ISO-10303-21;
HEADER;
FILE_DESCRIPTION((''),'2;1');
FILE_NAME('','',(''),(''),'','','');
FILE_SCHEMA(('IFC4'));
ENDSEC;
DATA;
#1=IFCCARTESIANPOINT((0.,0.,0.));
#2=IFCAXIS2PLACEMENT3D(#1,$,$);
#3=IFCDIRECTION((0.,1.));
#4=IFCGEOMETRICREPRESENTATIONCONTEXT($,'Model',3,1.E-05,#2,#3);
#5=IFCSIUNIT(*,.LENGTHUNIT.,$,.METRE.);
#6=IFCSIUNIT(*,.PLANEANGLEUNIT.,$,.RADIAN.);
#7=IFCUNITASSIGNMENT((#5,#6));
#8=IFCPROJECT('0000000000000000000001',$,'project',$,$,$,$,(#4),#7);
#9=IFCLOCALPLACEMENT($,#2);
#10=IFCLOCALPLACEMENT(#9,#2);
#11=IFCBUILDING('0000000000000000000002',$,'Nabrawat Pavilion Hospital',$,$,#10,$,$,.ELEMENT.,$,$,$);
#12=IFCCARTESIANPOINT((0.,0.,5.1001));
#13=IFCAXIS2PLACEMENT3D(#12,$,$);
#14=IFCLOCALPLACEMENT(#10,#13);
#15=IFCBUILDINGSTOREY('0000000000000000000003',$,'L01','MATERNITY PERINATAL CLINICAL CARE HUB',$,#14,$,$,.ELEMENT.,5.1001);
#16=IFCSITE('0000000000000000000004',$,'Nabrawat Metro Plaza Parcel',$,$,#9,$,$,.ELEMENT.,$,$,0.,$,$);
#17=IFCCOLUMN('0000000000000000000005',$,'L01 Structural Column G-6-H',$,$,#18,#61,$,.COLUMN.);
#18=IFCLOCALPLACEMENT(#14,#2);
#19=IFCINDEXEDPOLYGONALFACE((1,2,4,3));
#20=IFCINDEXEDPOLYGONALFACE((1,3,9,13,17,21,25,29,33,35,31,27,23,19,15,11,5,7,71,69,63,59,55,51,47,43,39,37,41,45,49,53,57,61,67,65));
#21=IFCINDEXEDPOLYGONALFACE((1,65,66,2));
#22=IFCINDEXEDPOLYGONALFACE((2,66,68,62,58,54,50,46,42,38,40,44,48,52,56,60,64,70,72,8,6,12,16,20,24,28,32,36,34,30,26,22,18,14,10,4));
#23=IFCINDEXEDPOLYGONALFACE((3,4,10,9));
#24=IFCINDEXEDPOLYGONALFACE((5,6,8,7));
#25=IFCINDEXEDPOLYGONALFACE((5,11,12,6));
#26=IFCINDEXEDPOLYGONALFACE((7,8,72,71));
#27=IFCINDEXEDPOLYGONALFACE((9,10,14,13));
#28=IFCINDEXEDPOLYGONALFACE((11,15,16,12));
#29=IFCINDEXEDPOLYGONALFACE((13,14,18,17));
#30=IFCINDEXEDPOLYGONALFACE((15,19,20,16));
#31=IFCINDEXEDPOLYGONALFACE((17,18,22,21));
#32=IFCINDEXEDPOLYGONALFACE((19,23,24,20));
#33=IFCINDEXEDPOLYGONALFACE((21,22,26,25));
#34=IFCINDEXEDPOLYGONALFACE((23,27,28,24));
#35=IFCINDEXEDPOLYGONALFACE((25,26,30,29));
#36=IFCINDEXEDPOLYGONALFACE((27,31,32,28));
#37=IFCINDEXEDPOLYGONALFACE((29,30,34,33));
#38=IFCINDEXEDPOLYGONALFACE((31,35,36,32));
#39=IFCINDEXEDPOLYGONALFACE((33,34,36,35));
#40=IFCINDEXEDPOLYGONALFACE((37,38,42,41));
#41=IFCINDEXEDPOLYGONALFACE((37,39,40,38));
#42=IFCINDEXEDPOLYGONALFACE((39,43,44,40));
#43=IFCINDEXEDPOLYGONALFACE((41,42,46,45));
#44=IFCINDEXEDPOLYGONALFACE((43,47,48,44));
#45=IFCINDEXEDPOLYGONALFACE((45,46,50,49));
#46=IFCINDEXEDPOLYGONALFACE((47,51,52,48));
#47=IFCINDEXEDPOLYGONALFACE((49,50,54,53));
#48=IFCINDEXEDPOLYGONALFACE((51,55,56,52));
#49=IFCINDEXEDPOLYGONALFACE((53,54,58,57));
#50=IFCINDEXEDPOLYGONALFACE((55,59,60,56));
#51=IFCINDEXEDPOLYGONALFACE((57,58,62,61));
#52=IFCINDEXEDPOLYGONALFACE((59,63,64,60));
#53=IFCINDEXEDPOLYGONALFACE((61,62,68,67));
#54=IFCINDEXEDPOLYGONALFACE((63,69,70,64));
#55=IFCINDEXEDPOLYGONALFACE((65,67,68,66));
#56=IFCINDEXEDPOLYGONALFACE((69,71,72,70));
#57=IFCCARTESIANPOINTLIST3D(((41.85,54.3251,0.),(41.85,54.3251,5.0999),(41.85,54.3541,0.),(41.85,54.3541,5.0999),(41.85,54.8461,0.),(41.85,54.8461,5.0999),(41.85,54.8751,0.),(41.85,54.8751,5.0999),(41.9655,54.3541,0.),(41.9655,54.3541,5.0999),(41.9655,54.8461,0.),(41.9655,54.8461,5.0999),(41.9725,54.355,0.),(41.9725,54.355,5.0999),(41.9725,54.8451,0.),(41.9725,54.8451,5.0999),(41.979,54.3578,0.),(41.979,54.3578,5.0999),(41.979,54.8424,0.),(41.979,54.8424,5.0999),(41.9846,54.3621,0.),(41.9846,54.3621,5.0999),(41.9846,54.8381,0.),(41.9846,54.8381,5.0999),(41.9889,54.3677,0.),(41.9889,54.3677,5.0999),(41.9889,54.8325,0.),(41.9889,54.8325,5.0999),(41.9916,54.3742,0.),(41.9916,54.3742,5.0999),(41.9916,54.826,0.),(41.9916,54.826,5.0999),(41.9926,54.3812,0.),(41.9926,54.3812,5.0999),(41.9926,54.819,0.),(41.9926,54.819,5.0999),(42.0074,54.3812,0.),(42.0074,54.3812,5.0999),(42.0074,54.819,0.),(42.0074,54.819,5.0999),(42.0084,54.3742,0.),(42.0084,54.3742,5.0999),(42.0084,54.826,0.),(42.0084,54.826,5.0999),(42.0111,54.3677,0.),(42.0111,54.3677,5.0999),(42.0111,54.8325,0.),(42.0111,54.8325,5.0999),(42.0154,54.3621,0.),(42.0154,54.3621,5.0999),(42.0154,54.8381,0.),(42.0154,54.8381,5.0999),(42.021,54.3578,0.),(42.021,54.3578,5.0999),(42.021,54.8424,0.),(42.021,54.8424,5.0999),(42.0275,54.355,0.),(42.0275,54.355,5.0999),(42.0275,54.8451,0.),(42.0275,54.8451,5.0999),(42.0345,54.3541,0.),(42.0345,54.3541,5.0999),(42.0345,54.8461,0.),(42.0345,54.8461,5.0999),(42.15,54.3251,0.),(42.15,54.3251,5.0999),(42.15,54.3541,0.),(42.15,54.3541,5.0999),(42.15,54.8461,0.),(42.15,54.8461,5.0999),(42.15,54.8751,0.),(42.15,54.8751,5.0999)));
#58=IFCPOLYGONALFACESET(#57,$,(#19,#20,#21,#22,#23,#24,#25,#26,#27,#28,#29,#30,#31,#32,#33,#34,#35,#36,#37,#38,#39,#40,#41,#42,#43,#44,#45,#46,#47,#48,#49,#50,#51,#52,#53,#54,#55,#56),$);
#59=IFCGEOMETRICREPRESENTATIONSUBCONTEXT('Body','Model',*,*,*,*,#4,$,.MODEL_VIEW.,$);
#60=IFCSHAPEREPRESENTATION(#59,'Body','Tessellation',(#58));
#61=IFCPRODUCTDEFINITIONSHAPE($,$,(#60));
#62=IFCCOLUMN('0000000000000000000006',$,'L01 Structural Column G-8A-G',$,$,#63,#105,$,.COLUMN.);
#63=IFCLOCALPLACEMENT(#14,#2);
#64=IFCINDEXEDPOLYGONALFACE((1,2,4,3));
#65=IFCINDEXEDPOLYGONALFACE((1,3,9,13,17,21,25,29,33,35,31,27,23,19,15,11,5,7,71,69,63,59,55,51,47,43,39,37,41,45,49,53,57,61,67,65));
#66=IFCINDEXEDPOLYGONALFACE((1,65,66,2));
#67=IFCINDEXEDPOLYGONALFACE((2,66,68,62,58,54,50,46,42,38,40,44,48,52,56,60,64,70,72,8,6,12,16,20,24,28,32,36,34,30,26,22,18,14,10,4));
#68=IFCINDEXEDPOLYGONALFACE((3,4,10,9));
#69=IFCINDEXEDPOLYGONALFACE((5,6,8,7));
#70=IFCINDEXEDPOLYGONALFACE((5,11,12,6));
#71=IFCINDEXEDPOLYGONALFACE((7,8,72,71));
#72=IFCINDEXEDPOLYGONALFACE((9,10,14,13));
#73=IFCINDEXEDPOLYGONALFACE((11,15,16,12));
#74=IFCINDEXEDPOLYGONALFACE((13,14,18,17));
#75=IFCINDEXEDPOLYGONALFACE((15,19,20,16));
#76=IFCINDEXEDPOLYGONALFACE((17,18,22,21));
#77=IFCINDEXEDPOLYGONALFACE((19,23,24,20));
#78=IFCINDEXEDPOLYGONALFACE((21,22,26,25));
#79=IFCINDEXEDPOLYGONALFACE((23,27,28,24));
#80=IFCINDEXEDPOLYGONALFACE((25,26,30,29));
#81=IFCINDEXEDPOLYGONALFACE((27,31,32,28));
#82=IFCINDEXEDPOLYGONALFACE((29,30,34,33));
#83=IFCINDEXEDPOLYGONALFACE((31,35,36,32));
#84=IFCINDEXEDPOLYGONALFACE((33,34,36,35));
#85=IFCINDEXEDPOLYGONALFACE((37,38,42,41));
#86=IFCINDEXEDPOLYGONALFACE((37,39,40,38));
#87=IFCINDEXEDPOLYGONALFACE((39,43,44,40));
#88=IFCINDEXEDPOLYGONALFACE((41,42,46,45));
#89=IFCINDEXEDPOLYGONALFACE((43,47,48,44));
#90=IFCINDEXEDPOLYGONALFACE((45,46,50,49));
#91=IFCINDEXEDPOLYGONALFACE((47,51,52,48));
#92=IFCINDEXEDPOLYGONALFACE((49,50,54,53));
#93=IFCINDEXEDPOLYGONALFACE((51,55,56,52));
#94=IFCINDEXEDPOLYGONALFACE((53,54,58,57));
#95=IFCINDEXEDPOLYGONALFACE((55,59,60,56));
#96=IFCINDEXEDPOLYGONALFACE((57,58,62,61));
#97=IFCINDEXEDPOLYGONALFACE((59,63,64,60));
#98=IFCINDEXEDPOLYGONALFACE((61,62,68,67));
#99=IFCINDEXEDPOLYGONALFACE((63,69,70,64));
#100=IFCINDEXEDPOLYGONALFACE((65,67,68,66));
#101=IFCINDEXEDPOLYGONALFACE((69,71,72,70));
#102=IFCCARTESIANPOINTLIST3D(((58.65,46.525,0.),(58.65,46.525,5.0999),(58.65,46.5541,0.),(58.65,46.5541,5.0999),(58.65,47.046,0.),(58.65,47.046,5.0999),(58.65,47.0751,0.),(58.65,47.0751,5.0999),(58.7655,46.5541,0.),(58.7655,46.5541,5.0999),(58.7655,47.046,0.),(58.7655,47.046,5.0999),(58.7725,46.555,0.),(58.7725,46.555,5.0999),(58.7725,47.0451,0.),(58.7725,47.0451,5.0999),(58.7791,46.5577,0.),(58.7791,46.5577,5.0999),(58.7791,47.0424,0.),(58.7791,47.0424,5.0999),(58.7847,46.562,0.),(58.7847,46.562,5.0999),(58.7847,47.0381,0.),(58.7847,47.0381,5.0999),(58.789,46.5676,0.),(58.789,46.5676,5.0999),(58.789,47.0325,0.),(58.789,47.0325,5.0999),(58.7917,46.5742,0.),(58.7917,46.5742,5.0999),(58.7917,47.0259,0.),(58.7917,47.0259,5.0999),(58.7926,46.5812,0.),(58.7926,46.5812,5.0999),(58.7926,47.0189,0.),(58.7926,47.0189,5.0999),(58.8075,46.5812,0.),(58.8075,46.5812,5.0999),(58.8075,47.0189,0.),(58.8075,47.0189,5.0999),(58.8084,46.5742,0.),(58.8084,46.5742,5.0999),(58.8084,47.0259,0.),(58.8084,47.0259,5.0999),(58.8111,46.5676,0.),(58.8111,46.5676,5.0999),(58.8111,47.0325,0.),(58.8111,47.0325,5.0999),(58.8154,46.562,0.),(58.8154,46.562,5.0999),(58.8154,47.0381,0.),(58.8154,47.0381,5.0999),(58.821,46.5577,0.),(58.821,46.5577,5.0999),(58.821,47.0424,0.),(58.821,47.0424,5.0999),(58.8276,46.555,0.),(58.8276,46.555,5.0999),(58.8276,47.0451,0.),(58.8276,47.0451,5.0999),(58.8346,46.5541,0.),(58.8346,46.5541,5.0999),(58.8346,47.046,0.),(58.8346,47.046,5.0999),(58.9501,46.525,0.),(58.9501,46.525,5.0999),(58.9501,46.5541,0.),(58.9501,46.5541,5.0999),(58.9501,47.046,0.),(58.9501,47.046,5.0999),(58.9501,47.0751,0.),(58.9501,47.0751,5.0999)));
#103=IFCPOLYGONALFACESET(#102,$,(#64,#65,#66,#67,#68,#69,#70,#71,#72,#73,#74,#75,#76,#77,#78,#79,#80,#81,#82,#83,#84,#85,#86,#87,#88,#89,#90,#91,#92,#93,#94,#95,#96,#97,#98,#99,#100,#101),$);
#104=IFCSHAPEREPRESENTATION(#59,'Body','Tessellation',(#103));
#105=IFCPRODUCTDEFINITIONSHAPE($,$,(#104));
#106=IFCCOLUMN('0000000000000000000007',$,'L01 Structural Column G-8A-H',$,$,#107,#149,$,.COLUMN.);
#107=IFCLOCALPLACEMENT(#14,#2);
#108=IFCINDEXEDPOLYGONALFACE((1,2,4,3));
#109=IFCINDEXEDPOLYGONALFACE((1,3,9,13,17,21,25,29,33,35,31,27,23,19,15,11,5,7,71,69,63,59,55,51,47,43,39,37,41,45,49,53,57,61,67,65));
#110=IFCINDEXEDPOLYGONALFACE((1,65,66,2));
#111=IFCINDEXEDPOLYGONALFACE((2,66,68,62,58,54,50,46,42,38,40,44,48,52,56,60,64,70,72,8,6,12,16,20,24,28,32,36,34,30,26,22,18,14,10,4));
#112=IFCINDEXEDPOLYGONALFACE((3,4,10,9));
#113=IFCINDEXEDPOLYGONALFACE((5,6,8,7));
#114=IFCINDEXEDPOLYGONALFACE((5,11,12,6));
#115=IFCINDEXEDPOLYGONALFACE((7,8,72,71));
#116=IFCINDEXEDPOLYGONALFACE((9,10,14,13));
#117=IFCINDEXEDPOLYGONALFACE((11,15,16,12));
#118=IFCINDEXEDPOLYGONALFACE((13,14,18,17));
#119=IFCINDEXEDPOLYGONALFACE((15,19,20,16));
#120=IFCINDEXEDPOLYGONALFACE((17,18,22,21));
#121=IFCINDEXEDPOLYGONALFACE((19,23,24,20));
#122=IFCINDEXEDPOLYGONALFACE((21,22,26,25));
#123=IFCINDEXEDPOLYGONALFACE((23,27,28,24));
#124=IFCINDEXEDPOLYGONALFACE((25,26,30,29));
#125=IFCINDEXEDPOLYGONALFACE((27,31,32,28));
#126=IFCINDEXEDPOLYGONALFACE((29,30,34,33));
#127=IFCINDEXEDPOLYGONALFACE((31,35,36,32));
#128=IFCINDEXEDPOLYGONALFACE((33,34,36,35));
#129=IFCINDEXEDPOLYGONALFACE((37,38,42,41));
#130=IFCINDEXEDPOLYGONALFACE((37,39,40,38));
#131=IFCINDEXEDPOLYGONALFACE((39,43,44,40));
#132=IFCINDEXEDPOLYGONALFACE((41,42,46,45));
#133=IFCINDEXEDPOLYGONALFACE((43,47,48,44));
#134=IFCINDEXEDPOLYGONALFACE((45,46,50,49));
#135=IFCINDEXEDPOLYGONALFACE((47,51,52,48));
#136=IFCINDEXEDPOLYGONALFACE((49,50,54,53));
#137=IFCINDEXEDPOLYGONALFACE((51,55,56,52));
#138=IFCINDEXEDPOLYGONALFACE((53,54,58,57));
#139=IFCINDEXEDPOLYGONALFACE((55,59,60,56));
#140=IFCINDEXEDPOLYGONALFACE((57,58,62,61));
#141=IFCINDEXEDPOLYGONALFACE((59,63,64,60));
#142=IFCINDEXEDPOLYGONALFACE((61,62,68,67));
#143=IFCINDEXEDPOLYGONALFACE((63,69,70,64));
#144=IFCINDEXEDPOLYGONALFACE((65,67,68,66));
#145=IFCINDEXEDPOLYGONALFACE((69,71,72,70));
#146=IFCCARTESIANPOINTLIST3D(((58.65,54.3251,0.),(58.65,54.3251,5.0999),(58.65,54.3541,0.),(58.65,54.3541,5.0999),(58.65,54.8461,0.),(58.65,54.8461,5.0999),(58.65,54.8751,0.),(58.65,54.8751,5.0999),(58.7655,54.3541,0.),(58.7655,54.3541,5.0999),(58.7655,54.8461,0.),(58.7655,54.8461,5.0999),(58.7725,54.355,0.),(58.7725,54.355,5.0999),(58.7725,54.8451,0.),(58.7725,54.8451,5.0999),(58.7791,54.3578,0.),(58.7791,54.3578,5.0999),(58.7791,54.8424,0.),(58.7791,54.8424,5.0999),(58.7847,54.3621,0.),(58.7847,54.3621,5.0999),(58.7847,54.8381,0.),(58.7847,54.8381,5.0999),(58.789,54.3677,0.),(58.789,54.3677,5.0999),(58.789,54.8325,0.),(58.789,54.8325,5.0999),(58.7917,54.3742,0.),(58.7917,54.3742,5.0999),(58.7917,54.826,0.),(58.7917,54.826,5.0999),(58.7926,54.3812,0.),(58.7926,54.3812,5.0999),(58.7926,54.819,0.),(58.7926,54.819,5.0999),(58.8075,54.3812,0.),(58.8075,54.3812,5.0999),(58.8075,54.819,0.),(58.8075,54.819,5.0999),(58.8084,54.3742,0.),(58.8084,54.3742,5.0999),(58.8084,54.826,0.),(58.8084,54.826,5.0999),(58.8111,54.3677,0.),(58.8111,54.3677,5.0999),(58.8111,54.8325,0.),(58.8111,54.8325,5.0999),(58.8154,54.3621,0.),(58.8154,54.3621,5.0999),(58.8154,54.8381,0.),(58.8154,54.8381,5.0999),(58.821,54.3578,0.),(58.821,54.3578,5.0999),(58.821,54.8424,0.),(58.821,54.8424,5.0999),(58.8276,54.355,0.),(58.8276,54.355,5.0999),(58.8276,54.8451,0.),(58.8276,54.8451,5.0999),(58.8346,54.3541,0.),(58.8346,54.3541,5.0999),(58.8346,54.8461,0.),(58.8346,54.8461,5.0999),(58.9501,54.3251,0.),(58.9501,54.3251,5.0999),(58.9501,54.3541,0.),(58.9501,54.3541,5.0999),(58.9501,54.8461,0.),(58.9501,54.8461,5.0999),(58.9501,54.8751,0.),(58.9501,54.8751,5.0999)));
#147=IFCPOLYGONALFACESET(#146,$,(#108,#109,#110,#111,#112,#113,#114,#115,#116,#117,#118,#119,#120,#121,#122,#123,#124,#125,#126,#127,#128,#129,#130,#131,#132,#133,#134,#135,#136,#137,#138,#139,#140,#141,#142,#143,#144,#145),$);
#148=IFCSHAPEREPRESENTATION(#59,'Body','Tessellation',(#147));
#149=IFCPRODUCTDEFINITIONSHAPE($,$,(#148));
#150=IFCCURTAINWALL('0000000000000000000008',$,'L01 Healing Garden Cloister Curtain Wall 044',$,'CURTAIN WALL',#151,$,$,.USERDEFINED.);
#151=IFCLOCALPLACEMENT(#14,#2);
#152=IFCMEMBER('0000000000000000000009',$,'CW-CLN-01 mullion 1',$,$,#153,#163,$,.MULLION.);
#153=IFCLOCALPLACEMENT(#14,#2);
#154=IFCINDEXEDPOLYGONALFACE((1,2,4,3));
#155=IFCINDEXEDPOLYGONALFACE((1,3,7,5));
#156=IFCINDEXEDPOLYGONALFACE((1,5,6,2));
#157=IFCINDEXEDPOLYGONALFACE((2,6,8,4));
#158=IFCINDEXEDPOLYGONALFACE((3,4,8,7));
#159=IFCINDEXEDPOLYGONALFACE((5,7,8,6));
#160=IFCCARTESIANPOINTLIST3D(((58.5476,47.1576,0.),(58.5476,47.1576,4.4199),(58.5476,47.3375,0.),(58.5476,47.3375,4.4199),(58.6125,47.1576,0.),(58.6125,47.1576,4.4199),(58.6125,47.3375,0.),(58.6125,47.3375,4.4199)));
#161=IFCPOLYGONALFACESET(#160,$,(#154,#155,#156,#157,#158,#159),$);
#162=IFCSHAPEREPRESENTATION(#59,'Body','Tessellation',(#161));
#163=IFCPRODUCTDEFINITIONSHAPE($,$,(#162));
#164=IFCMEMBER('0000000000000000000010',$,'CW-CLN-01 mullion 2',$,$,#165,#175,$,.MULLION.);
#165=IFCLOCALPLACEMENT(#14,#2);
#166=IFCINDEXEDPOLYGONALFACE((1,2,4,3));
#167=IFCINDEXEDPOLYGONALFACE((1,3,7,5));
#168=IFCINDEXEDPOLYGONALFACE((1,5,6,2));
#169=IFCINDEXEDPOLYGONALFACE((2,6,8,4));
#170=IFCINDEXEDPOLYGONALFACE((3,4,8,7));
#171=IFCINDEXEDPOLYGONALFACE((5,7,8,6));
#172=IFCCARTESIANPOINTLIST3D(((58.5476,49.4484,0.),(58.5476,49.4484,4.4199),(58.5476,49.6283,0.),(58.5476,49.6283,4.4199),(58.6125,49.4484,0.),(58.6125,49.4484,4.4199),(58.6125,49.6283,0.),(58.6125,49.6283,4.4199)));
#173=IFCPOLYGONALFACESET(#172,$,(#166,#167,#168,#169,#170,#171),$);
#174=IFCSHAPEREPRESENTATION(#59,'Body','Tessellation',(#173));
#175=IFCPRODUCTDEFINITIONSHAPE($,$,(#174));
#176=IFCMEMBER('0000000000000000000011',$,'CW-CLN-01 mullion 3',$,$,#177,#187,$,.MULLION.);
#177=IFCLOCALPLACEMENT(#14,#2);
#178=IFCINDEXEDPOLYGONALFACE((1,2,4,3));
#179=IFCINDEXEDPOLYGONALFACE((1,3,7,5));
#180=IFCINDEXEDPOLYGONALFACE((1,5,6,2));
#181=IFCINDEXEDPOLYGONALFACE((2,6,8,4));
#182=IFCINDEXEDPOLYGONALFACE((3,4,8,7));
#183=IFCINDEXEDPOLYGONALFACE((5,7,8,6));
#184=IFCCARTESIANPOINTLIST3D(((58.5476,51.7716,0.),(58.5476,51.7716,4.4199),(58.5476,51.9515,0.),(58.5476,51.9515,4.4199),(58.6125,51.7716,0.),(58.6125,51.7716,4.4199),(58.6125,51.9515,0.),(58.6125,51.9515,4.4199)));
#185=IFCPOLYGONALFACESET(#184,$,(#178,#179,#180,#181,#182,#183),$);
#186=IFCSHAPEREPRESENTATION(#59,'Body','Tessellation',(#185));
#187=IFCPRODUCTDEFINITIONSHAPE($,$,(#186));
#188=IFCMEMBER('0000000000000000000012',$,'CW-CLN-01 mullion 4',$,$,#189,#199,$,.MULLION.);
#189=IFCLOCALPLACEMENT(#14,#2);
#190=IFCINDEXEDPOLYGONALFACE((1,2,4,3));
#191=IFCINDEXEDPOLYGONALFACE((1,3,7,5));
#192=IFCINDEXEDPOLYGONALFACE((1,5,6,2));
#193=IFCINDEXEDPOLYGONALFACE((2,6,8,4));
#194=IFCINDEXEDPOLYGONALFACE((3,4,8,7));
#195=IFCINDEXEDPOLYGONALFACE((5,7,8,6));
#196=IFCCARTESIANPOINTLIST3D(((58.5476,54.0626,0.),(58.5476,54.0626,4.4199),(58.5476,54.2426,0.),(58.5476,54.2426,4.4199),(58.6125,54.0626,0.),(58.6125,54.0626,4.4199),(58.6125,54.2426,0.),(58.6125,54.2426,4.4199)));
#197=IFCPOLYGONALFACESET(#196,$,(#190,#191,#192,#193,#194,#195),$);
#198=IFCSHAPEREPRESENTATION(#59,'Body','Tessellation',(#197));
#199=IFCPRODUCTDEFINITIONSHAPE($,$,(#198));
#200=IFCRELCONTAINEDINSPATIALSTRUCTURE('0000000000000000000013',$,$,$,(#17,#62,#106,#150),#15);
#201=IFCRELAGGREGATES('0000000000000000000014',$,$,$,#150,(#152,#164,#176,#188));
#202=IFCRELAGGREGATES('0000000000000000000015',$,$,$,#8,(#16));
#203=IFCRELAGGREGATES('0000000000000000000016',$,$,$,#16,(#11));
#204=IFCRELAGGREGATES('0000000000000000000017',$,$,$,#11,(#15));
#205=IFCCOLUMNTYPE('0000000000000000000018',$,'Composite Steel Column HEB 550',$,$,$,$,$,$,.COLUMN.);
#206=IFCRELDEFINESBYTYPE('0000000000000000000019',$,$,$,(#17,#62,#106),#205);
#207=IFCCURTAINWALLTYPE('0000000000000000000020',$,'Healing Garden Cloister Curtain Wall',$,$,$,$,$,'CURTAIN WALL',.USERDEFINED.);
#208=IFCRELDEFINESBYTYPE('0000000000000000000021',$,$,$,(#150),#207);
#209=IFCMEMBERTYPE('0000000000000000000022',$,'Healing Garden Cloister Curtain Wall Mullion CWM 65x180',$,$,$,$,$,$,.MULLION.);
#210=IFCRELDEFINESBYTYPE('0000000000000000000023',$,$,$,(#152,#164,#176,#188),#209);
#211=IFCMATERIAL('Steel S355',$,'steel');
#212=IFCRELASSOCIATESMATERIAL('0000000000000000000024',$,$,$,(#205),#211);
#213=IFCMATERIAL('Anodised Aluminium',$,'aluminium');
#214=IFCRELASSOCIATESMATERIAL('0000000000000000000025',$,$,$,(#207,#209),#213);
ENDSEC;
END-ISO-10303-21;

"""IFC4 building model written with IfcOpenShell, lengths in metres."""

from ifc_helpers import new_model, si_unit, direction, frame, origin, origin_2d, place, context, subcontext, project, spatial, rectangle, i_section, extrude, material, material_profile, profile_set, type_object, element, aggregate, save


model = new_model("IFC4")

# Units and contexts
model_context = context("Model", 3, precision=1e-05, world=origin(), true_north=direction((0.0, 1.0)))
body_context = subcontext(model_context, "Body", "Model", "MODEL_VIEW")
ifc_project = project(units=[si_unit("LENGTHUNIT", "METRE"), si_unit("PLANEANGLEUNIT", "RADIAN")], contexts=[model_context])

# Site, building, storey
site_placement = place(None, origin())
site = spatial("IfcSite", under=ifc_project, at=site_placement, Name="Nabrawat Metro Plaza Parcel", CompositionType="ELEMENT", RefElevation=0.0)
building_placement = place(site_placement, origin())
building = spatial("IfcBuilding", under=site, at=building_placement, Name="Nabrawat Pavilion Hospital", CompositionType="ELEMENT")
storey_placement = place(building_placement, frame((0.0, 0.0, 5.1001)))
storey = spatial("IfcBuildingStorey", under=building, at=storey_placement, Name="L01", Description="MATERNITY PERINATAL CLINICAL CARE HUB", CompositionType="ELEMENT", Elevation=5.1001)

# Columns
ifc_material_1 = material(Name="Steel S355", Category="steel")
ifc_material_profile_1 = material_profile(ifc_material_1, i_section(OverallWidth=0.3, OverallDepth=0.55, WebThickness=0.0149, FlangeThickness=0.0291, FilletRadius=0.0271, at=origin_2d()), Name="HEB 550")
ifc_profile_set_1 = profile_set([ifc_material_profile_1], Name="Steel S355")
column_type = type_object("IfcColumnType", Name="Composite Steel Column HEB 550", PredefinedType="COLUMN", material=ifc_profile_set_1)
for number, where, z_axis, x_axis, name in (
    (1, (42.0, 54.6001, 0.0), (0.0, 0.0, 1.0), (1.0, 0.0, 0.0), "L01 Structural Column G-6-H"),
    (2, (58.8, 46.8, 0.0), (0.0, 0.0, 1.0), (1.0, 0.0, 0.0), "L01 Structural Column G-8A-G"),
    (3, (58.8, 54.6001, 0.0), (0.0, 0.0, 1.0), (1.0, 0.0, 0.0), "L01 Structural Column G-8A-H"),
):
    element("IfcColumn", number, at=place(storey_placement, frame(where, z_axis=z_axis, x_axis=x_axis)), inside=storey, type_object=column_type, Name=name, PredefinedType="COLUMN", context=body_context, shape_type="SweptSolid", body=[
        extrude(i_section(OverallWidth=0.3, OverallDepth=0.55, WebThickness=0.0149, FlangeThickness=0.0291, FilletRadius=0.0271, at=origin_2d()), origin(), (0.0, 0.0, 1.0), 5.0999),
    ])

# Curtain wall, members
ifc_material_2 = material(Name="Anodised Aluminium", Category="aluminium")
curtain_wall_type = type_object("IfcCurtainWallType", Name="Healing Garden Cloister Curtain Wall", ElementType="CURTAIN WALL", PredefinedType="USERDEFINED", material=ifc_material_2)
curtain_wall_1_placement = place(storey_placement, origin())
curtain_wall_1 = element("IfcCurtainWall", 4, at=curtain_wall_1_placement, inside=storey, type_object=curtain_wall_type, Name="L01 Healing Garden Cloister Curtain Wall 044", ObjectType="CURTAIN WALL", PredefinedType="USERDEFINED")
ifc_material_profile_2 = material_profile(ifc_material_2, rectangle(XDim=0.0649, YDim=0.1799, at=origin_2d()), Name="CWM 65x180")
ifc_profile_set_2 = profile_set([ifc_material_profile_2], Name="Anodised Aluminium")
member_type_1 = type_object("IfcMemberType", Name="Healing Garden Cloister Curtain Wall Mullion CWM 65x180", PredefinedType="MULLION", material=ifc_profile_set_2)
member_1_placement = place(storey_placement, frame((58.5801, 47.2476, 0.0), z_axis=(0.0, 0.0, 1.0), x_axis=(-1.0, 0.0, 0.0)))
member_1 = element("IfcMember", 5, at=member_1_placement, type_object=member_type_1, Name="CW-CLN-01 mullion 1", PredefinedType="MULLION", context=body_context, shape_type="SweptSolid", body=[
    extrude(rectangle(XDim=0.0649, YDim=0.1799, at=origin_2d()), origin(), (0.0, 0.0, 1.0), 4.4199),
])
member_2_placement = place(storey_placement, frame((58.5801, 49.5383, 0.0), z_axis=(0.0, 0.0, 1.0), x_axis=(-1.0, 0.0, 0.0)))
member_2 = element("IfcMember", 6, at=member_2_placement, type_object=member_type_1, Name="CW-CLN-01 mullion 2", PredefinedType="MULLION", context=body_context, shape_type="SweptSolid", body=[
    extrude(rectangle(XDim=0.0649, YDim=0.1799, at=origin_2d()), origin(), (0.0, 0.0, 1.0), 4.4199),
])
member_3_placement = place(storey_placement, frame((58.5801, 51.8616, 0.0), z_axis=(0.0, 0.0, 1.0), x_axis=(-1.0, 0.0, 0.0)))
member_3 = element("IfcMember", 7, at=member_3_placement, type_object=member_type_1, Name="CW-CLN-01 mullion 3", PredefinedType="MULLION", context=body_context, shape_type="SweptSolid", body=[
    extrude(rectangle(XDim=0.0649, YDim=0.1799, at=origin_2d()), origin(), (0.0, 0.0, 1.0), 4.4199),
])
member_4_placement = place(storey_placement, frame((58.5801, 54.1526, 0.0), z_axis=(0.0, 0.0, 1.0), x_axis=(-1.0, 0.0, 0.0)))
member_4 = element("IfcMember", 8, at=member_4_placement, type_object=member_type_1, Name="CW-CLN-01 mullion 4", PredefinedType="MULLION", context=body_context, shape_type="SweptSolid", body=[
    extrude(rectangle(XDim=0.0649, YDim=0.1799, at=origin_2d()), origin(), (0.0, 0.0, 1.0), 4.4199),
])

aggregate(curtain_wall_1, [member_1, member_2, member_3, member_4])

save(model, "model.ifc")
